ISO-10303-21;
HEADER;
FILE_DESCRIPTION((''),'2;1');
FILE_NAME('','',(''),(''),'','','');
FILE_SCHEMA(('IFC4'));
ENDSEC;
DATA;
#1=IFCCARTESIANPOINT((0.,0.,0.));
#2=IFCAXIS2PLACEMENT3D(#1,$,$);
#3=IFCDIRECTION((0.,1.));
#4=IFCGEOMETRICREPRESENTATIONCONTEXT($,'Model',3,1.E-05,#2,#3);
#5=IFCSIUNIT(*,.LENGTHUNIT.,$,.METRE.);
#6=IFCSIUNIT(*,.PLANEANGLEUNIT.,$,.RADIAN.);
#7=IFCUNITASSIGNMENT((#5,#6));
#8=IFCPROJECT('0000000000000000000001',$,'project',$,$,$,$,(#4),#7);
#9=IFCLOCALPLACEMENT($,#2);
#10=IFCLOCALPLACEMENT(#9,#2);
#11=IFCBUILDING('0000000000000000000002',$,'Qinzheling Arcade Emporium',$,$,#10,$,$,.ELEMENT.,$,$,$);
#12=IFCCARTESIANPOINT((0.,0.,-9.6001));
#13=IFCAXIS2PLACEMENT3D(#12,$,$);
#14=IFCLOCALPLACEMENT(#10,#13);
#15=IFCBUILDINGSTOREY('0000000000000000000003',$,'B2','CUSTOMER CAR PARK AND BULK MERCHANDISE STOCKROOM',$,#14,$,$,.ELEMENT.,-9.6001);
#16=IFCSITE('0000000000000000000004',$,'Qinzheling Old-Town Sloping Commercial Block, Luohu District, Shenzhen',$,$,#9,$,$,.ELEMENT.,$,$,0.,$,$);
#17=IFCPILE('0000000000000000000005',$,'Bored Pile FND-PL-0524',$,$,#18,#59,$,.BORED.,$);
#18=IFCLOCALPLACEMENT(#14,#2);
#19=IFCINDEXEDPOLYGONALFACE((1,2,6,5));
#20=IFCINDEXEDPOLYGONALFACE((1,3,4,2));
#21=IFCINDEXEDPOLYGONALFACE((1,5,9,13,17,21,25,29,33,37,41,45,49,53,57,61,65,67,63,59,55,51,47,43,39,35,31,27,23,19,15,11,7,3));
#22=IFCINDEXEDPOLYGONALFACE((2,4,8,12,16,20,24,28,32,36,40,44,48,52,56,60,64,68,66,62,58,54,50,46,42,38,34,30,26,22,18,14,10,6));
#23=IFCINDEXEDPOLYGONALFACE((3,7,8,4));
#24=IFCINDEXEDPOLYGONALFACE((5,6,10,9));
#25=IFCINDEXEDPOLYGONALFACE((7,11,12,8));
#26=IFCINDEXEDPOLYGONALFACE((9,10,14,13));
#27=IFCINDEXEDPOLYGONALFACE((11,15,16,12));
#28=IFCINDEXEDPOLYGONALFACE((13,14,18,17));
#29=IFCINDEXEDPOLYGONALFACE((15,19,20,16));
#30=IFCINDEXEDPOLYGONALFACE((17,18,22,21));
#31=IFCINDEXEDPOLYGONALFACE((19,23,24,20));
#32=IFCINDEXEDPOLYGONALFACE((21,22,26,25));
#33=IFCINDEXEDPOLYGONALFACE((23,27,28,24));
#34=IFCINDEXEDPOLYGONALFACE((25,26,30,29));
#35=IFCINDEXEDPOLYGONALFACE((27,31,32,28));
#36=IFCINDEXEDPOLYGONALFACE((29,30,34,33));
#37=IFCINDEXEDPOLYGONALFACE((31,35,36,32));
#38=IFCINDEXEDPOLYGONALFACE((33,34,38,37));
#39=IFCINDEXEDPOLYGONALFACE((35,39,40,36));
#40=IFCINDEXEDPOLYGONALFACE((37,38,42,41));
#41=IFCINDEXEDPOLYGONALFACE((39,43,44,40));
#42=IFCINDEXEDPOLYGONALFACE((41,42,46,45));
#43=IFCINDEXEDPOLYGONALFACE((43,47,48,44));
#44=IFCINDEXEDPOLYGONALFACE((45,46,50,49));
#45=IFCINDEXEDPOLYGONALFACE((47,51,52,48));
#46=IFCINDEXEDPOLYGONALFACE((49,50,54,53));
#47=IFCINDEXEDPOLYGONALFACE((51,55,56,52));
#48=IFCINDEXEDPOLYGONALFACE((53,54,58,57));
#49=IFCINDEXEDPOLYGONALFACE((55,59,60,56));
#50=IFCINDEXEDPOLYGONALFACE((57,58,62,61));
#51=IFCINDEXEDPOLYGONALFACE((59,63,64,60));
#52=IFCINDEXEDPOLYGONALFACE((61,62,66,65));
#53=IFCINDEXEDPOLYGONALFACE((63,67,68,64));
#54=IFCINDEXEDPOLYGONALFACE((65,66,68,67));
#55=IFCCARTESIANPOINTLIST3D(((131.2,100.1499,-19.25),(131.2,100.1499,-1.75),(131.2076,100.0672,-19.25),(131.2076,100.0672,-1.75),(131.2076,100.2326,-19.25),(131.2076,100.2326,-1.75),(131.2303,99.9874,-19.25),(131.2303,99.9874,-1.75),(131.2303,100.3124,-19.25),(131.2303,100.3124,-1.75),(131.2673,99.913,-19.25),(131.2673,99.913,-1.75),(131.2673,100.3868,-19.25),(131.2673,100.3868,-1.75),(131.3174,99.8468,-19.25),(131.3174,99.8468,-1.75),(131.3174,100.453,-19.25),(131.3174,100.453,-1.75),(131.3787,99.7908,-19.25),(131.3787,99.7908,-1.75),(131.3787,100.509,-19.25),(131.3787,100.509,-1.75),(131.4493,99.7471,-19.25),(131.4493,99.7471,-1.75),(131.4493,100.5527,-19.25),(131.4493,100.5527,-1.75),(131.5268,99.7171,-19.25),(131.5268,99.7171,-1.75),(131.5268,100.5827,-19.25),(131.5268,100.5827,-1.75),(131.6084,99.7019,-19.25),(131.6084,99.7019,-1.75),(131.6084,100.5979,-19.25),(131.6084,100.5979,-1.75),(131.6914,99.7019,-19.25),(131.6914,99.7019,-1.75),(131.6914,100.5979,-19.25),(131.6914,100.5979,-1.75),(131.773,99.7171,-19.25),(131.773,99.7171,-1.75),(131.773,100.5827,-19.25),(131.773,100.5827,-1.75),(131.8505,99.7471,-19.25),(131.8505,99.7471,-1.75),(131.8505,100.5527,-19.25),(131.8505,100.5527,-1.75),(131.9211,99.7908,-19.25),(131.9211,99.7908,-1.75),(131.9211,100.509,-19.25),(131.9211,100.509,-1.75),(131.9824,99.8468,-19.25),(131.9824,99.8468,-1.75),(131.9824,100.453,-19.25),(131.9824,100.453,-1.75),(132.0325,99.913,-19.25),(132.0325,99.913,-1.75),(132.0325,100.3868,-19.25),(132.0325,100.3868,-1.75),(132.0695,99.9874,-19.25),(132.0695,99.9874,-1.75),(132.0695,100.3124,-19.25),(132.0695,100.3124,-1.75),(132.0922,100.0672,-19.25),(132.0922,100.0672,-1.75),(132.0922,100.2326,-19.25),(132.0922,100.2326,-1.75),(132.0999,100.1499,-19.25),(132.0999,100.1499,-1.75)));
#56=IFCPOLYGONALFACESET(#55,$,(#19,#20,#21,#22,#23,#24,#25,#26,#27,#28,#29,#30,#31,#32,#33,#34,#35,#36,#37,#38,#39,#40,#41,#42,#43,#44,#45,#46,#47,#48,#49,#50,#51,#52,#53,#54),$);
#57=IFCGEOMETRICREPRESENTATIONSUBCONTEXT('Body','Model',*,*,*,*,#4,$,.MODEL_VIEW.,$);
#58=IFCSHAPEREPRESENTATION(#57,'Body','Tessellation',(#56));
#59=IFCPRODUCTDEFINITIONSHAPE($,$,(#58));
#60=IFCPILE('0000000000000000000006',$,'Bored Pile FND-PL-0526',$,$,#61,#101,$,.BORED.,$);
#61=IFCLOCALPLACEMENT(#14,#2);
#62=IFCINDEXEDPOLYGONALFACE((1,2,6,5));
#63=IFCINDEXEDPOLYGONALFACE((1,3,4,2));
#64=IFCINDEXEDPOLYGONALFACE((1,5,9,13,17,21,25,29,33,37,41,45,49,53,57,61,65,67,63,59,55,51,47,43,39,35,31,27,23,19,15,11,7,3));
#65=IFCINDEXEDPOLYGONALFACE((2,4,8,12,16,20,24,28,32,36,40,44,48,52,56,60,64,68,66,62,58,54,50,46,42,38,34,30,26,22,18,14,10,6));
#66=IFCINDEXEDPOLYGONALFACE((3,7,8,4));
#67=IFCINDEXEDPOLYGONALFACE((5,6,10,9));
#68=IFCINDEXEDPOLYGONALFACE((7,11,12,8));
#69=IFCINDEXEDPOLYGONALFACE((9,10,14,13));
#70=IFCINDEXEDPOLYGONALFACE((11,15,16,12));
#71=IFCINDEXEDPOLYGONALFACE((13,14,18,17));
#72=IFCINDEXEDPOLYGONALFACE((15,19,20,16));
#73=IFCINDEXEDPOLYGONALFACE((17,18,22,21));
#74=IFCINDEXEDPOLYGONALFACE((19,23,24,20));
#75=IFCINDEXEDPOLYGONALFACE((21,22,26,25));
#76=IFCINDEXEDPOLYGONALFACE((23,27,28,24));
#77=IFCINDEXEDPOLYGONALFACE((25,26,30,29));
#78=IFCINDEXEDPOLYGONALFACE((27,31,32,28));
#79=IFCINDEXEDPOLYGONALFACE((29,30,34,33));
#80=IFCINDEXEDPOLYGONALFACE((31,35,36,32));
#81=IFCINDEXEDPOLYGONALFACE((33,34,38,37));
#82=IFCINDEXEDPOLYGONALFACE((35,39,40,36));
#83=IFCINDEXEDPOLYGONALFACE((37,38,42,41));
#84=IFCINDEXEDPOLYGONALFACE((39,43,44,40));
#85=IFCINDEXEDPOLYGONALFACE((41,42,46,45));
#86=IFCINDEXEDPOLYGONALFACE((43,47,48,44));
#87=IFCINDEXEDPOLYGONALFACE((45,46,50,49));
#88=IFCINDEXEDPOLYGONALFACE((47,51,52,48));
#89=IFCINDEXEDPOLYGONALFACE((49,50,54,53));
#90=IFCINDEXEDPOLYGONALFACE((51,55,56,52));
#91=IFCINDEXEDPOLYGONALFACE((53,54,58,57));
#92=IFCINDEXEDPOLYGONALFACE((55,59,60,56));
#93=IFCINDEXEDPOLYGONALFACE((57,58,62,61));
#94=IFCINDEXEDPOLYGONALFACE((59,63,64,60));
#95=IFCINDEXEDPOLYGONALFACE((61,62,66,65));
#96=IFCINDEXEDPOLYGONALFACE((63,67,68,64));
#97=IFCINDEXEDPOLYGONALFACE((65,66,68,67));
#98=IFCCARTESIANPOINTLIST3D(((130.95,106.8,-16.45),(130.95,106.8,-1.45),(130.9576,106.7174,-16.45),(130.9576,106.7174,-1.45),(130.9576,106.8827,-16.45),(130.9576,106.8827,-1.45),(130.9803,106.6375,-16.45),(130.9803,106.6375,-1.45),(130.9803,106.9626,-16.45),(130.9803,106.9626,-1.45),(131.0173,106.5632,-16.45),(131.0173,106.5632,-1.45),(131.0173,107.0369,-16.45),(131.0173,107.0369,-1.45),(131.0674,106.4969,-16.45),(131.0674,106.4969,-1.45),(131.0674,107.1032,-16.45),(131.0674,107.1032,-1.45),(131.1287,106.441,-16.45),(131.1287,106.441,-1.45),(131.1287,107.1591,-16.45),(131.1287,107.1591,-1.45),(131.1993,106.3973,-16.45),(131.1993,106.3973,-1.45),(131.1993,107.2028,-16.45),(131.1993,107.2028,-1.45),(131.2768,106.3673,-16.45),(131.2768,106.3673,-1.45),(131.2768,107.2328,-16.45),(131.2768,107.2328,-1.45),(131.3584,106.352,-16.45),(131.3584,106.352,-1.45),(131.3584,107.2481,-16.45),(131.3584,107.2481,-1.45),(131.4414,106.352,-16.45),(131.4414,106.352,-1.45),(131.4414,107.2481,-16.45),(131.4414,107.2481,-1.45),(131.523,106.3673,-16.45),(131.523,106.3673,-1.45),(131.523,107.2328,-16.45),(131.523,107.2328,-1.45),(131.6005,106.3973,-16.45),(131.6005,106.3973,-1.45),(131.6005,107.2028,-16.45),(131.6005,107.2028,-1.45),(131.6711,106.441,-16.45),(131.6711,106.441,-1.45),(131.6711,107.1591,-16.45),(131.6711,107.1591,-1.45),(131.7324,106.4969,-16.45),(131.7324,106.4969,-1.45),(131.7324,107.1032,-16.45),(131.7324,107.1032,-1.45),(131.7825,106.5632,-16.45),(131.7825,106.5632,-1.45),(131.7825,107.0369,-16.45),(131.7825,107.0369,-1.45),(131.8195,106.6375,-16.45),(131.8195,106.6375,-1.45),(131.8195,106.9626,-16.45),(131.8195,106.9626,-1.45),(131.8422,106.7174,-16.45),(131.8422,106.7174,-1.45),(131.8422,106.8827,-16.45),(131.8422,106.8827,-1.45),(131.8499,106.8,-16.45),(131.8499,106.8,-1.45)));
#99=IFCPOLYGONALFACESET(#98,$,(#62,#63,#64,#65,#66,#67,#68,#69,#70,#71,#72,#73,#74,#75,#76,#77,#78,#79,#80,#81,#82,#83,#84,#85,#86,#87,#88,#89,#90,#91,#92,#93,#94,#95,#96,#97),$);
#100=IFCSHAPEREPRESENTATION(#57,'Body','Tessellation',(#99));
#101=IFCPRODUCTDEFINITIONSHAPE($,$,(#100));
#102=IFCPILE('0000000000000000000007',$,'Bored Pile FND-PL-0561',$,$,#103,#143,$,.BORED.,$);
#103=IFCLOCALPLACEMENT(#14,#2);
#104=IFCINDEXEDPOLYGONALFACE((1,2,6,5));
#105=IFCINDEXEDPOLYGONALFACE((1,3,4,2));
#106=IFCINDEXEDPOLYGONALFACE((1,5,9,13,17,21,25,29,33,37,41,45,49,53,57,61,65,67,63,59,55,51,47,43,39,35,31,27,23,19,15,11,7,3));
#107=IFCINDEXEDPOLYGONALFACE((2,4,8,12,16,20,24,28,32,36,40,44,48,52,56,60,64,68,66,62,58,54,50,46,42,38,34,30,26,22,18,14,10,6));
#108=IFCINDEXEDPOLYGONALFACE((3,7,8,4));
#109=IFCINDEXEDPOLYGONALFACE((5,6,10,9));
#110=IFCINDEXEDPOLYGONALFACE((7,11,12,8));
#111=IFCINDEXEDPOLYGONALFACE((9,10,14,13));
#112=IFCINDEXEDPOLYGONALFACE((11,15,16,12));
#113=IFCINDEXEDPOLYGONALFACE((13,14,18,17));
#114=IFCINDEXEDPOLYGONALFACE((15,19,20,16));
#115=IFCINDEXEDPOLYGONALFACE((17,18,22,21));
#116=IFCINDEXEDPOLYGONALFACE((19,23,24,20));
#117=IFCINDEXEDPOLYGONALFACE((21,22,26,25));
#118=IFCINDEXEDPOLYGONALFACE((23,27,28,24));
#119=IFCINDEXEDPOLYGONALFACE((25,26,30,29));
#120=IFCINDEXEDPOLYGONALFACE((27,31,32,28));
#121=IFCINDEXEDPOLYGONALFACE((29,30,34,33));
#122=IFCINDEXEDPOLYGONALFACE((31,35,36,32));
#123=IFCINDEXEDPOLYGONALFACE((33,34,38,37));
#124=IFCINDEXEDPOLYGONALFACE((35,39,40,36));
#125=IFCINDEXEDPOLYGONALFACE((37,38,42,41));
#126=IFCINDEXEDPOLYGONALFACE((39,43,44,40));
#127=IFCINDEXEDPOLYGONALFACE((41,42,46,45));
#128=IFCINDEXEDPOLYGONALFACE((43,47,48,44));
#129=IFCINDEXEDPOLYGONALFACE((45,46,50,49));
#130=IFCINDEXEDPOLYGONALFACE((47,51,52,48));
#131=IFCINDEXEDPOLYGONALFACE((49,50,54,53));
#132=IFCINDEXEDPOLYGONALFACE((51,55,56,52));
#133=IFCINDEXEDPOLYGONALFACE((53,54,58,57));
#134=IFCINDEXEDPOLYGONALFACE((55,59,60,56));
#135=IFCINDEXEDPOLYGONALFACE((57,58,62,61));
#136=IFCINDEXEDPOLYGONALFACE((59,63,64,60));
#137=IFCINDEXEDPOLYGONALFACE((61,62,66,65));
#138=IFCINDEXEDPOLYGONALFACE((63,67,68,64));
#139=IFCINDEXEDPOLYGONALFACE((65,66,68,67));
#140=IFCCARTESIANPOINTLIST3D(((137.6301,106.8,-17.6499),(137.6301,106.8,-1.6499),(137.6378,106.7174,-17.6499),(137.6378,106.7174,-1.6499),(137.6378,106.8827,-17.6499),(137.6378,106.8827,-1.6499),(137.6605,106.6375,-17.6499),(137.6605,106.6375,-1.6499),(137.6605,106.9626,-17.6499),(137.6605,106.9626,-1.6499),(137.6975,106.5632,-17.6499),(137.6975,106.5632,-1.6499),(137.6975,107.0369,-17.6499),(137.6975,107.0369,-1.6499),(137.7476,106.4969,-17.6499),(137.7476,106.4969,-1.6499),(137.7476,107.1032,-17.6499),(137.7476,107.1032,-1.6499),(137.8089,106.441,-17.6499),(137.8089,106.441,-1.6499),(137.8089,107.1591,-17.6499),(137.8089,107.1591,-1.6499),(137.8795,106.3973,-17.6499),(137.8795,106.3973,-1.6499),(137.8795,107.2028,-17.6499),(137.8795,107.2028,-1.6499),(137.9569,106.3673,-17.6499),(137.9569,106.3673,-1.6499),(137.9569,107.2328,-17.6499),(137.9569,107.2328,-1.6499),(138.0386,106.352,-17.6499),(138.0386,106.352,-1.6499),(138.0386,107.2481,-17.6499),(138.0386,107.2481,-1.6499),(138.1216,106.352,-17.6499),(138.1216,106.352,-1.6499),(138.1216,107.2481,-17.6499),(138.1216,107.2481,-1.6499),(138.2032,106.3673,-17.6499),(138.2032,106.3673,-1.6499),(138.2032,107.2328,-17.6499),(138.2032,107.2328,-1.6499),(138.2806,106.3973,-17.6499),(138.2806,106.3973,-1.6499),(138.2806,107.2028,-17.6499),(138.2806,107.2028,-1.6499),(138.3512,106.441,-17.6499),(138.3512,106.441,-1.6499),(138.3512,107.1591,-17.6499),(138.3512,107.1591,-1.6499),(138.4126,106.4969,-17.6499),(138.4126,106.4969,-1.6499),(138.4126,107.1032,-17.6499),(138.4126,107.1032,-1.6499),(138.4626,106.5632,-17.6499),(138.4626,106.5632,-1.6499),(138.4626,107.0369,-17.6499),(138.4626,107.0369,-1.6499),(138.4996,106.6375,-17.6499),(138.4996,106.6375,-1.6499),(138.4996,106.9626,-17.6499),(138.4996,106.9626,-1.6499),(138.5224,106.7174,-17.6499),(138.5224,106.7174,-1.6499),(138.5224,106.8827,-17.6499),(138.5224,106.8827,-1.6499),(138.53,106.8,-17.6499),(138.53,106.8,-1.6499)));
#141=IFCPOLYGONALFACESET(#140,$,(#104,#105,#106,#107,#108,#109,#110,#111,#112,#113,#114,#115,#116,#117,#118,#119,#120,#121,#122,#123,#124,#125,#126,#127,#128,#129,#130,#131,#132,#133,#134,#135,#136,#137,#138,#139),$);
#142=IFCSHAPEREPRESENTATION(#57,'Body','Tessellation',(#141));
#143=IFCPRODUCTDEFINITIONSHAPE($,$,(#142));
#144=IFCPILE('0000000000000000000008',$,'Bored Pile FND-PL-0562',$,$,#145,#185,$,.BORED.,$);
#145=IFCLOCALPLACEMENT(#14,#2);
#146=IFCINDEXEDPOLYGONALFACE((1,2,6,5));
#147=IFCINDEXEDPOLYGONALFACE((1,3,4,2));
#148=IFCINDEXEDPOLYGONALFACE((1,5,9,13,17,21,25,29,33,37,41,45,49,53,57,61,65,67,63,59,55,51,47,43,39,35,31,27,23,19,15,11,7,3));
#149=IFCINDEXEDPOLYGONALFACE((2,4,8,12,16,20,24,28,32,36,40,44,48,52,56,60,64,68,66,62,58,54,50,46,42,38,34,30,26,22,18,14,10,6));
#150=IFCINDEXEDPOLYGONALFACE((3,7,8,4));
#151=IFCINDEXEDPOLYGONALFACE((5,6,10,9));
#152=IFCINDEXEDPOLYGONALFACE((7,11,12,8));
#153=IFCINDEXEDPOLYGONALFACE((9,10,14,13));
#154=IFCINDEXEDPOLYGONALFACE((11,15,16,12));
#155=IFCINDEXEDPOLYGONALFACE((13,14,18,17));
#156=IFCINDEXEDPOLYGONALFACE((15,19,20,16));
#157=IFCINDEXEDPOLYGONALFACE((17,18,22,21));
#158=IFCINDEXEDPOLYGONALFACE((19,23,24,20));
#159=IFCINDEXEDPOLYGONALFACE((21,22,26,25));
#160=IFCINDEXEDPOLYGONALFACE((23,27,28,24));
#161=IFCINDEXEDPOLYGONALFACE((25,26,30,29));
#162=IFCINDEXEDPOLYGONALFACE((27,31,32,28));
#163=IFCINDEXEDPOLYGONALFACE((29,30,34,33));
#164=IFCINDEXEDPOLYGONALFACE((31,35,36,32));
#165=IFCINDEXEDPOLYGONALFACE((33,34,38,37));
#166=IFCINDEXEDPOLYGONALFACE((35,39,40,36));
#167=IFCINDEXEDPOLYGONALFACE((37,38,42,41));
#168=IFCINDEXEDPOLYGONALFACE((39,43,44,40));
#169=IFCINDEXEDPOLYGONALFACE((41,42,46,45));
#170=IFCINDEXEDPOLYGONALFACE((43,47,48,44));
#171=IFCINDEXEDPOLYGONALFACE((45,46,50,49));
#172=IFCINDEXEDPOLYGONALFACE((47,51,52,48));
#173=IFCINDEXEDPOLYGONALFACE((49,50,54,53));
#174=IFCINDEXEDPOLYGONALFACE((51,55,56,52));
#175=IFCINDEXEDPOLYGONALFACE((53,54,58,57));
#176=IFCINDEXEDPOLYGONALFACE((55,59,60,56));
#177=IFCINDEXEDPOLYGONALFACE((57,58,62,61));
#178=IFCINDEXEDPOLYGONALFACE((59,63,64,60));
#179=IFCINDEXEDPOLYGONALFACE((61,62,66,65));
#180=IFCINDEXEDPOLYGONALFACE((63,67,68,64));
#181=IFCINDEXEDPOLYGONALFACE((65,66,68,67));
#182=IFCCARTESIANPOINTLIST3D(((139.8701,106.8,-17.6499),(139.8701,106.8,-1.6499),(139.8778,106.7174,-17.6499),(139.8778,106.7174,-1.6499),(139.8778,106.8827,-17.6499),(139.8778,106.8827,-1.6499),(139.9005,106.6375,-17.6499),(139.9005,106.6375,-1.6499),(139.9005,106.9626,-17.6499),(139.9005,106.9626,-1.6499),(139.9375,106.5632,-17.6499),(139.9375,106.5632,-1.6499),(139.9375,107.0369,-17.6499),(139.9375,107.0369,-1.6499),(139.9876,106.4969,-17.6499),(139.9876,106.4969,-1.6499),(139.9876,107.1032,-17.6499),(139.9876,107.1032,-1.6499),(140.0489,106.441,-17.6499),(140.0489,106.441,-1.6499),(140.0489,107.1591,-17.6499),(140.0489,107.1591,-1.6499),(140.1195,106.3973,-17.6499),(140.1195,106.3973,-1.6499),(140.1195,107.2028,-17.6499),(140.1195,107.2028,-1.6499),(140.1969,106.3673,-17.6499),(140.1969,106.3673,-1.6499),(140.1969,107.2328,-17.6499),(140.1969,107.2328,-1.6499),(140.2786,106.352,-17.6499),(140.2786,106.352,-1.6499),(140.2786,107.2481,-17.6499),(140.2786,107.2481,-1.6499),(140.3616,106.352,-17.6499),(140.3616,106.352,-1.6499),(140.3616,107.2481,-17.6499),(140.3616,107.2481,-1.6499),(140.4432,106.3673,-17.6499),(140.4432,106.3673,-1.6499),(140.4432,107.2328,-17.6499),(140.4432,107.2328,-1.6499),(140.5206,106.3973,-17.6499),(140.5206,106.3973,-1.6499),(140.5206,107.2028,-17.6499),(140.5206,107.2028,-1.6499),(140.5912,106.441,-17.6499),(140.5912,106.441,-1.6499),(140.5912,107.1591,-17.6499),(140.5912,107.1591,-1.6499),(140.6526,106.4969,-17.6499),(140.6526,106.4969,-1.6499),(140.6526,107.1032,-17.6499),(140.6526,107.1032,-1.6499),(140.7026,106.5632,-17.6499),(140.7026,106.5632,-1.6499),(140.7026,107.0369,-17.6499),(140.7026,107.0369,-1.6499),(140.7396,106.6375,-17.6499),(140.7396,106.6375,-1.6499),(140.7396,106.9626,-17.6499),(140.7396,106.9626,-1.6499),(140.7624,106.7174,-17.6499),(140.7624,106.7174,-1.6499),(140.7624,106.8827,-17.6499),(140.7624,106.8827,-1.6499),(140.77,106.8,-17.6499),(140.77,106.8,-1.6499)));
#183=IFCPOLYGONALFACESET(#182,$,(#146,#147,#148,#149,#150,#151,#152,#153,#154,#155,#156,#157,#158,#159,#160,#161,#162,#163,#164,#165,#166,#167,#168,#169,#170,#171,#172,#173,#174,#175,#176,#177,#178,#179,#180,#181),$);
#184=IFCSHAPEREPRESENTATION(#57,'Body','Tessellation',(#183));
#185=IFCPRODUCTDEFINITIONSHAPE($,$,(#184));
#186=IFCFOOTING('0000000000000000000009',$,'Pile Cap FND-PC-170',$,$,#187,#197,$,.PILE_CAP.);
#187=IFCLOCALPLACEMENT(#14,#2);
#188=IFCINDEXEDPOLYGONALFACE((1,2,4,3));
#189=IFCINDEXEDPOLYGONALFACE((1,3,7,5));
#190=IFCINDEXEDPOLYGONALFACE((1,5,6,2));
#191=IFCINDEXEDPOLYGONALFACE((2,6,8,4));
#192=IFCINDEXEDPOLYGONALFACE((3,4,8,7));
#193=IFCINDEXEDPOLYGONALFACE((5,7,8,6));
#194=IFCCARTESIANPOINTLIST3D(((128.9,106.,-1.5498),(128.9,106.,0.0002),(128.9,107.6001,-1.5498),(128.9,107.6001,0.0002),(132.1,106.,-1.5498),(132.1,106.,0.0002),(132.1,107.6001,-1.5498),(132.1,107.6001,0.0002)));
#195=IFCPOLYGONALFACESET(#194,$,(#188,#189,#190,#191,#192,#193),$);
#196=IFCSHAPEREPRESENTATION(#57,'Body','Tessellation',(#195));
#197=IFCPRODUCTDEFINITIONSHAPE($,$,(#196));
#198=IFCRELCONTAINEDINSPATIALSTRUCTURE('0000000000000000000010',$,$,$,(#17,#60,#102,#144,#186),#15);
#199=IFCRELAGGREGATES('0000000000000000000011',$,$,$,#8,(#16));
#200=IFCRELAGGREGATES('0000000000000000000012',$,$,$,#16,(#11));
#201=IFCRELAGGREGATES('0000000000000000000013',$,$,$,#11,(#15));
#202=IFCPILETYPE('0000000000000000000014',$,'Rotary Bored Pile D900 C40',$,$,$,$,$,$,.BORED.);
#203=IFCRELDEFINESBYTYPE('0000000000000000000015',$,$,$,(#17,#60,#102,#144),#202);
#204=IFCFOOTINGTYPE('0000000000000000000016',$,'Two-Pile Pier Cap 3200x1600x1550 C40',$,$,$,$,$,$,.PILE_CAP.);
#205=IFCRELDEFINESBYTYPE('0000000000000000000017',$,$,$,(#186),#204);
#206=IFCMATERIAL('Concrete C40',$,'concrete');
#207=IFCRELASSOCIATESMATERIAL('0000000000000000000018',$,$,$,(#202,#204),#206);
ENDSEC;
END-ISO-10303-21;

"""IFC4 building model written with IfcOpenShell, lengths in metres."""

from ifc_helpers import new_model, si_unit, direction, frame, origin, origin_2d, place, context, subcontext, project, spatial, rectangle, circle, extrude, material, material_profile, profile_set, type_object, element, save


model = new_model("IFC4")

# Units and contexts
model_context = context("Model", 3, precision=1e-05, world=origin(), true_north=direction((0.0, 1.0)))
body_context = subcontext(model_context, "Body", "Model", "MODEL_VIEW")
ifc_project = project(units=[si_unit("LENGTHUNIT", "METRE"), si_unit("PLANEANGLEUNIT", "RADIAN")], contexts=[model_context])

# Site, building, storey
site_placement = place(None, origin())
site = spatial("IfcSite", under=ifc_project, at=site_placement, Name="Qinzheling Old-Town Sloping Commercial Block, Luohu District, Shenzhen", CompositionType="ELEMENT", RefElevation=0.0)
building_placement = place(site_placement, origin())
building = spatial("IfcBuilding", under=site, at=building_placement, Name="Qinzheling Arcade Emporium", CompositionType="ELEMENT")
storey_placement = place(building_placement, frame((0.0, 0.0, -9.6001)))
storey = spatial("IfcBuildingStorey", under=building, at=storey_placement, Name="B2", Description="CUSTOMER CAR PARK AND BULK MERCHANDISE STOCKROOM", CompositionType="ELEMENT", Elevation=-9.6001)

# Shared definitions
ifc_material_1 = material(Name="Concrete C40", Category="concrete")

# Piles
ifc_material_profile_1 = material_profile(ifc_material_1, circle(Radius=0.45, at=origin_2d()), Name="BORED D900", Category="concrete")
ifc_profile_set_1 = profile_set([ifc_material_profile_1], Name="Concrete C40")
pile_type = type_object("IfcPileType", Name="Rotary Bored Pile D900 C40", PredefinedType="BORED", material=ifc_profile_set_1)
pile_1_placement = place(storey_placement, frame((131.6499, 100.1499, -1.75), z_axis=(0.0, 0.0, -1.0), x_axis=(1.0, 0.0, 0.0)))
element("IfcPile", 1, at=pile_1_placement, inside=storey, type_object=pile_type, Name="Bored Pile FND-PL-0524", PredefinedType="BORED", context=body_context, shape_type="SweptSolid", body=[
    extrude(circle(Radius=0.45, at=origin_2d()), origin(), (0.0, 0.0, 1.0), 17.5),
])
pile_2_placement = place(storey_placement, frame((131.3999, 106.8, -1.45), z_axis=(0.0, 0.0, -1.0), x_axis=(1.0, 0.0, 0.0)))
element("IfcPile", 2, at=pile_2_placement, inside=storey, type_object=pile_type, Name="Bored Pile FND-PL-0526", PredefinedType="BORED", context=body_context, shape_type="SweptSolid", body=[
    extrude(circle(Radius=0.45, at=origin_2d()), origin(), (0.0, 0.0, 1.0), 15.0),
])
for number, where, z_axis, x_axis, name in (
    (3, (138.0801, 106.8, -1.6499), (0.0, 0.0, -1.0), (1.0, 0.0, 0.0), "Bored Pile FND-PL-0561"),
    (4, (140.3201, 106.8, -1.6499), (0.0, 0.0, -1.0), (1.0, 0.0, 0.0), "Bored Pile FND-PL-0562"),
):
    element("IfcPile", number, at=place(storey_placement, frame(where, z_axis=z_axis, x_axis=x_axis)), inside=storey, type_object=pile_type, Name=name, PredefinedType="BORED", context=body_context, shape_type="SweptSolid", body=[
        extrude(circle(Radius=0.45, at=origin_2d()), origin(), (0.0, 0.0, 1.0), 16.0),
    ])

# Footing
footing_type_1 = type_object("IfcFootingType", Name="Two-Pile Pier Cap 3200x1600x1550 C40", PredefinedType="PILE_CAP", material=ifc_material_1)
footing_1_placement = place(storey_placement, frame((130.5, 106.8, -1.5498), z_axis=(0.0, 0.0, 1.0), x_axis=(1.0, 0.0, 0.0)))
element("IfcFooting", 5, at=footing_1_placement, inside=storey, type_object=footing_type_1, Name="Pile Cap FND-PC-170", PredefinedType="PILE_CAP", context=body_context, shape_type="SweptSolid", body=[
    extrude(rectangle(XDim=3.2, YDim=1.6001, at=origin_2d()), origin(), (0.0, 0.0, 1.0), 1.55),
])

save(model, "model.ifc")
